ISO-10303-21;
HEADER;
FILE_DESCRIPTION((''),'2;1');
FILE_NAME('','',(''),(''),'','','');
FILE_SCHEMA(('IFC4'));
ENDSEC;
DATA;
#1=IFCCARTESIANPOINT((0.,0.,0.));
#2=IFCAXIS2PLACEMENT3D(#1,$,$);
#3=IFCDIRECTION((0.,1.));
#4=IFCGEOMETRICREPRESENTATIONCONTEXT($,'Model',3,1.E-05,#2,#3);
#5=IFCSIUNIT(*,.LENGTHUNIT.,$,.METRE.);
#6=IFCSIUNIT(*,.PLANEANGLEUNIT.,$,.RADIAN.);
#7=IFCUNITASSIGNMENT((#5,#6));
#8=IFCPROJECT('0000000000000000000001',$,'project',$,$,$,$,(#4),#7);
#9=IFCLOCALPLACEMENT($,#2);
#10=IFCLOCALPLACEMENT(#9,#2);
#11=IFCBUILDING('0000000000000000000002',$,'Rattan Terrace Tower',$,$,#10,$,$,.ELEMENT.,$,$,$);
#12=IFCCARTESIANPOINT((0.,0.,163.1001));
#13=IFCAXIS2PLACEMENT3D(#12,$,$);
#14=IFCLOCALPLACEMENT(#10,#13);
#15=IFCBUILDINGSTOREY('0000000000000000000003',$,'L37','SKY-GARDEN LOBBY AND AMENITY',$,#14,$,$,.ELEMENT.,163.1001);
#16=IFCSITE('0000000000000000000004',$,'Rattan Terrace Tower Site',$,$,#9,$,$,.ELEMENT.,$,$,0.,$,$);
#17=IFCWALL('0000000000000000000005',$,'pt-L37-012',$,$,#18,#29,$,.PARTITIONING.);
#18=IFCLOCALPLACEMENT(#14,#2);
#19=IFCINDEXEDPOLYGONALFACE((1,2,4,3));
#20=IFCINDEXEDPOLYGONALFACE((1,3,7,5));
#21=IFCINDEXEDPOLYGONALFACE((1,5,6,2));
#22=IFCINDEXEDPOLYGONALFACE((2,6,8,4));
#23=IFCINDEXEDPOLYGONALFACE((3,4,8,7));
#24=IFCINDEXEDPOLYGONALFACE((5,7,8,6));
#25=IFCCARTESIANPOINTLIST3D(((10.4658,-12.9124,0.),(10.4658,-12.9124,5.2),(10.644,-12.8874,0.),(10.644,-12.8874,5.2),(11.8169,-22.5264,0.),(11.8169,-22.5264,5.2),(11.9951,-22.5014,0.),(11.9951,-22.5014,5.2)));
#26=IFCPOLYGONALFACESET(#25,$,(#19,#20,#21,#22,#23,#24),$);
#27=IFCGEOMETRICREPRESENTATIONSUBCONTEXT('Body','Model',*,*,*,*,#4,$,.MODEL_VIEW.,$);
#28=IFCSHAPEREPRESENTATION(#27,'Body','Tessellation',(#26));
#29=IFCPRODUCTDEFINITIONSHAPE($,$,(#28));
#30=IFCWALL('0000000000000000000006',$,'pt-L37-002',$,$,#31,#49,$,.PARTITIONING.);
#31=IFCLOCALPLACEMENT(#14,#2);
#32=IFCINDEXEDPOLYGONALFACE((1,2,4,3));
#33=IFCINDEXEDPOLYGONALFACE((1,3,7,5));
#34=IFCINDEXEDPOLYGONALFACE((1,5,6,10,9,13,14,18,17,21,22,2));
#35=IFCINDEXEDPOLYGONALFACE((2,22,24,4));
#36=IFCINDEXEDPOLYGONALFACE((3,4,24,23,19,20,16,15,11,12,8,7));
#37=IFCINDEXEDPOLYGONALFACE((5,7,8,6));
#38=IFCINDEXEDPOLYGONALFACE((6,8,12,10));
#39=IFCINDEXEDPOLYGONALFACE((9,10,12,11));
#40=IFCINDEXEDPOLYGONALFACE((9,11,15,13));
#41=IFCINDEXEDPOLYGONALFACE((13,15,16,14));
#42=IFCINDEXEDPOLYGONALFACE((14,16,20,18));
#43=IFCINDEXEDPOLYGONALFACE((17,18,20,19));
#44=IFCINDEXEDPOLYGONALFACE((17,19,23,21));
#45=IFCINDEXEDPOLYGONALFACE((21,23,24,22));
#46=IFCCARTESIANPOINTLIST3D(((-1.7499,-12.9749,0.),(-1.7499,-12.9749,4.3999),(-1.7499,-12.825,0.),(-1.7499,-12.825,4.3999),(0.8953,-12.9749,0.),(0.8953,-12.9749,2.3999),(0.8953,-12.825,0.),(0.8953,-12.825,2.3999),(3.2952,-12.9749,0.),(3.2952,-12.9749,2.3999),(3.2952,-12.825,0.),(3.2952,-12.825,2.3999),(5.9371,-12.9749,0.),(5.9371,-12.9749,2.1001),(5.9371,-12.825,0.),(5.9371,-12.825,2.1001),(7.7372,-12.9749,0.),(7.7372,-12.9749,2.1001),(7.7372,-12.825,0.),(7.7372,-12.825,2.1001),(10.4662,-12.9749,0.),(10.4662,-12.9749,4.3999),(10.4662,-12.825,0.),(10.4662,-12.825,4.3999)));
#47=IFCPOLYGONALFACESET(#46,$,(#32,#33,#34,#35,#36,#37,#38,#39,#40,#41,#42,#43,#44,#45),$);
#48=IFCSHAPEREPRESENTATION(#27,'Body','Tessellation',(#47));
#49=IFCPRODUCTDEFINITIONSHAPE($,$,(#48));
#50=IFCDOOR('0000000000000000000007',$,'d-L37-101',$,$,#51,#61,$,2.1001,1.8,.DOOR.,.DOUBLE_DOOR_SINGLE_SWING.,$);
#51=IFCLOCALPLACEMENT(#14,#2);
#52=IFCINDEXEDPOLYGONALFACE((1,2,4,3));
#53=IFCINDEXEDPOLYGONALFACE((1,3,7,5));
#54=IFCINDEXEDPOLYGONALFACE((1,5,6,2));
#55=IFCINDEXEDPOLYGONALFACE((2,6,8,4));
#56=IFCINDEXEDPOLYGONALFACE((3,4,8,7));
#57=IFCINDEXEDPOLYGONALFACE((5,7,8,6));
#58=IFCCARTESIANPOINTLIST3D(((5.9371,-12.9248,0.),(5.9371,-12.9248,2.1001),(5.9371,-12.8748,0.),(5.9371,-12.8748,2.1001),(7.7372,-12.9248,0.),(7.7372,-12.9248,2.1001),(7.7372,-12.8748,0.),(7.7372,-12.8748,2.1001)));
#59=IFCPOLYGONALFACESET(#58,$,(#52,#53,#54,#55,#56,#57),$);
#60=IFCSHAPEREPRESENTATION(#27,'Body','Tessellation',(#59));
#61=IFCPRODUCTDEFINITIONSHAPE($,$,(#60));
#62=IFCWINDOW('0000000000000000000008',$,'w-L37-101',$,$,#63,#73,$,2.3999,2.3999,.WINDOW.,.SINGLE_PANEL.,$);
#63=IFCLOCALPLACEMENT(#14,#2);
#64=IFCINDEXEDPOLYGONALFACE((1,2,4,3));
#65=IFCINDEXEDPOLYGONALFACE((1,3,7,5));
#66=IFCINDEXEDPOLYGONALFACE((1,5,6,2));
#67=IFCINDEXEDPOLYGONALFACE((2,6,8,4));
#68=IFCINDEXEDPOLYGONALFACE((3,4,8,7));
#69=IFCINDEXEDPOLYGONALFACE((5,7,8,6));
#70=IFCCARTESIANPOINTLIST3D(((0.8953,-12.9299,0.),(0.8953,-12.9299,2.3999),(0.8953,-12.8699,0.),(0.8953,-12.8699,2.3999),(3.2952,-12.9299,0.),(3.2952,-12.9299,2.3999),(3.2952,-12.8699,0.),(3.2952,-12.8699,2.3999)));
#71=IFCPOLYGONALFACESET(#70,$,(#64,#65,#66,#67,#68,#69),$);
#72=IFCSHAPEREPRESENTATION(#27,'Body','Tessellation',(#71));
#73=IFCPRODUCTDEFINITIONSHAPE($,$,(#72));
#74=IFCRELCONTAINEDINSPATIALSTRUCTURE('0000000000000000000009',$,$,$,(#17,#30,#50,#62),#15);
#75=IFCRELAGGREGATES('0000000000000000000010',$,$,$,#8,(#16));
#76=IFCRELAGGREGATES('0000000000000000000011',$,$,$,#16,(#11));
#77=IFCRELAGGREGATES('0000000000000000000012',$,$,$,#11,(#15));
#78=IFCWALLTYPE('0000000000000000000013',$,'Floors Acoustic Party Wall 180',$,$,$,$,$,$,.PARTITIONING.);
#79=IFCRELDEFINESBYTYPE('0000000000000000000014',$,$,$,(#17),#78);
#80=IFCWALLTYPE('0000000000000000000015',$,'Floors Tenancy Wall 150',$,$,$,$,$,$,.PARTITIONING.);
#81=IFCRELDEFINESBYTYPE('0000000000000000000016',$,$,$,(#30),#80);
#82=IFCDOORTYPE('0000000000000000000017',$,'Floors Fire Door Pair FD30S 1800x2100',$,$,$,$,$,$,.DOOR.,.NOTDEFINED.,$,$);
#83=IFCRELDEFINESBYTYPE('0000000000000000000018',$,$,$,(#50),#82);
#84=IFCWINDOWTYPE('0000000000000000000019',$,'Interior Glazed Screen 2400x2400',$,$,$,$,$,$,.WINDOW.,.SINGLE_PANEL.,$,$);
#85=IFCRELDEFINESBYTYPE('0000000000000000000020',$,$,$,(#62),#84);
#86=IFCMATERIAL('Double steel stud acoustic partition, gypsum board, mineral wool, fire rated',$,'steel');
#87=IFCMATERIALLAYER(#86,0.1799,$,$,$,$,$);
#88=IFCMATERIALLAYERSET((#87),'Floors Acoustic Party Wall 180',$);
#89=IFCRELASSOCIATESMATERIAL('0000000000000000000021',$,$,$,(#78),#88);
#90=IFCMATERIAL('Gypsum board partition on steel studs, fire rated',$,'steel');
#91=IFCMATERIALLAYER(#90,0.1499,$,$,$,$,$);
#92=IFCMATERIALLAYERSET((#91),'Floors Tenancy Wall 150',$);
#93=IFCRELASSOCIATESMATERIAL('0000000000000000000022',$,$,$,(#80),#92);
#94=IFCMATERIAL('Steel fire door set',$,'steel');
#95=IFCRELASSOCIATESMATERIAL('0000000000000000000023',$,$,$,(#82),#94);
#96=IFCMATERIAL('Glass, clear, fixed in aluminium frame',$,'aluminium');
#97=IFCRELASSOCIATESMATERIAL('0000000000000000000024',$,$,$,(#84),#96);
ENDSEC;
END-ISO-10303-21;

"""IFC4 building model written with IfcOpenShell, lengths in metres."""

from ifc_helpers import new_model, si_unit, direction, frame, frame_2d, origin, place, context, subcontext, project, spatial, rectangle, extrude, material, layer, layer_set, type_object, element, fill, save


model = new_model("IFC4")

# Units and contexts
model_context = context("Model", 3, precision=1e-05, world=origin(), true_north=direction((0.0, 1.0)))
body_context = subcontext(model_context, "Body", "Model", "MODEL_VIEW")
ifc_project = project(units=[si_unit("LENGTHUNIT", "METRE"), si_unit("PLANEANGLEUNIT", "RADIAN")], contexts=[model_context])

# Site, building, storey
site_placement = place(None, origin())
site = spatial("IfcSite", under=ifc_project, at=site_placement, Name="Rattan Terrace Tower Site", CompositionType="ELEMENT", RefElevation=0.0)
building_placement = place(site_placement, origin())
building = spatial("IfcBuilding", under=site, at=building_placement, Name="Rattan Terrace Tower", CompositionType="ELEMENT")
storey_placement = place(building_placement, frame((0.0, 0.0, 163.1001)))
storey = spatial("IfcBuildingStorey", under=building, at=storey_placement, Name="L37", Description="SKY-GARDEN LOBBY AND AMENITY", CompositionType="ELEMENT", Elevation=163.1001)

# Wall
ifc_material_1 = material(Name="Double steel stud acoustic partition, gypsum board, mineral wool, fire rated", Category="steel")
ifc_layer_1 = layer(ifc_material_1, 0.1799)
ifc_layer_set_1 = layer_set([ifc_layer_1], Name="Floors Acoustic Party Wall 180")
wall_type_1 = type_object("IfcWallType", Name="Floors Acoustic Party Wall 180", PredefinedType="PARTITIONING", material=ifc_layer_set_1)
wall_1_placement = place(storey_placement, frame((11.906, -22.5139, 0.0), z_axis=(0.0, 0.0, 1.0), x_axis=(-0.139164, 0.990269, 0.0)))
element("IfcWall", 1, at=wall_1_placement, inside=storey, type_object=wall_type_1, Name="pt-L37-012", PredefinedType="PARTITIONING", context=body_context, shape_type="SweptSolid", body=[
    extrude(rectangle(XDim=9.7085, YDim=0.1799, at=frame_2d((4.8542, 0.0))), origin(), (0.0, 0.0, 1.0), 5.2),
])

# Wall, openings, door, window
ifc_material_2 = material(Name="Gypsum board partition on steel studs, fire rated", Category="steel")
ifc_layer_2 = layer(ifc_material_2, 0.1499)
ifc_layer_set_2 = layer_set([ifc_layer_2], Name="Floors Tenancy Wall 150")
wall_type_2 = type_object("IfcWallType", Name="Floors Tenancy Wall 150", PredefinedType="PARTITIONING", material=ifc_layer_set_2)
wall_2_placement = place(storey_placement, frame((10.4661, -12.8999, 0.0), z_axis=(0.0, 0.0, 1.0), x_axis=(-1.0, 0.0, 0.0)))
wall_2 = element("IfcWall", 2, at=wall_2_placement, inside=storey, type_object=wall_type_2, Name="pt-L37-002", PredefinedType="PARTITIONING", context=body_context, shape_type="SweptSolid", body=[
    extrude(rectangle(XDim=12.2161, YDim=0.1499, at=frame_2d((6.1079, 0.0))), origin(), (0.0, 0.0, 1.0), 4.3999),
])
opening_1_placement = place(wall_2_placement, frame((2.729, 0.0, 0.0)))
opening_1 = element("IfcOpeningElement", 3, at=opening_1_placement, cuts=wall_2, PredefinedType="OPENING", context=body_context, shape_type="SweptSolid", body=[
    extrude(rectangle(XDim=1.8, YDim=2.1001, at=frame_2d((0.8999, 1.05))), frame((0.0, 0.0854, 0.0), z_axis=(0.0, -1.0, 0.0), x_axis=(1.0, 0.0, 0.0)), (0.0, 0.0, 1.0), 0.1709),
])
opening_2_placement = place(wall_2_placement, frame((7.1709, 0.0, 0.0)))
opening_2 = element("IfcOpeningElement", 4, at=opening_2_placement, cuts=wall_2, PredefinedType="OPENING", context=body_context, shape_type="SweptSolid", body=[
    extrude(rectangle(XDim=2.3999, YDim=2.3999, at=frame_2d((1.2, 1.2))), frame((0.0, 0.0854, 0.0), z_axis=(0.0, -1.0, 0.0), x_axis=(1.0, 0.0, 0.0)), (0.0, 0.0, 1.0), 0.1709),
])
ifc_material_3 = material(Name="Steel fire door set", Category="steel")
door_type_1 = type_object("IfcDoorType", Name="Floors Fire Door Pair FD30S 1800x2100", OperationType="NOTDEFINED", PredefinedType="DOOR", material=ifc_material_3)
door_1_placement = place(opening_1_placement, origin())
door_1 = element("IfcDoor", 5, at=door_1_placement, inside=storey, type_object=door_type_1, Name="d-L37-101", OperationType="DOUBLE_DOOR_SINGLE_SWING", OverallHeight=2.1001, OverallWidth=1.8, PredefinedType="DOOR", context=body_context, shape_type="SweptSolid", body=[
    extrude(rectangle(XDim=1.8, YDim=2.1001, at=frame_2d((0.8999, 1.05))), frame((0.0, 0.0249, 0.0), z_axis=(0.0, -1.0, 0.0), x_axis=(1.0, 0.0, 0.0)), (0.0, 0.0, 1.0), 0.05),
])
fill(opening_1, door_1)
ifc_material_4 = material(Name="Glass, clear, fixed in aluminium frame", Category="aluminium")
window_type = type_object("IfcWindowType", Name="Interior Glazed Screen 2400x2400", PartitioningType="SINGLE_PANEL", PredefinedType="WINDOW", material=ifc_material_4)
window_placement = place(opening_2_placement, origin())
window = element("IfcWindow", 6, at=window_placement, inside=storey, type_object=window_type, Name="w-L37-101", OverallHeight=2.3999, OverallWidth=2.3999, PartitioningType="SINGLE_PANEL", PredefinedType="WINDOW", context=body_context, shape_type="SweptSolid", body=[
    extrude(rectangle(XDim=2.3999, YDim=2.3999, at=frame_2d((1.2, 1.2))), frame((0.0, 0.03, 0.0), z_axis=(0.0, -1.0, 0.0), x_axis=(1.0, 0.0, 0.0)), (0.0, 0.0, 1.0), 0.0601),
])
fill(opening_2, window)

save(model, "model.ifc")
